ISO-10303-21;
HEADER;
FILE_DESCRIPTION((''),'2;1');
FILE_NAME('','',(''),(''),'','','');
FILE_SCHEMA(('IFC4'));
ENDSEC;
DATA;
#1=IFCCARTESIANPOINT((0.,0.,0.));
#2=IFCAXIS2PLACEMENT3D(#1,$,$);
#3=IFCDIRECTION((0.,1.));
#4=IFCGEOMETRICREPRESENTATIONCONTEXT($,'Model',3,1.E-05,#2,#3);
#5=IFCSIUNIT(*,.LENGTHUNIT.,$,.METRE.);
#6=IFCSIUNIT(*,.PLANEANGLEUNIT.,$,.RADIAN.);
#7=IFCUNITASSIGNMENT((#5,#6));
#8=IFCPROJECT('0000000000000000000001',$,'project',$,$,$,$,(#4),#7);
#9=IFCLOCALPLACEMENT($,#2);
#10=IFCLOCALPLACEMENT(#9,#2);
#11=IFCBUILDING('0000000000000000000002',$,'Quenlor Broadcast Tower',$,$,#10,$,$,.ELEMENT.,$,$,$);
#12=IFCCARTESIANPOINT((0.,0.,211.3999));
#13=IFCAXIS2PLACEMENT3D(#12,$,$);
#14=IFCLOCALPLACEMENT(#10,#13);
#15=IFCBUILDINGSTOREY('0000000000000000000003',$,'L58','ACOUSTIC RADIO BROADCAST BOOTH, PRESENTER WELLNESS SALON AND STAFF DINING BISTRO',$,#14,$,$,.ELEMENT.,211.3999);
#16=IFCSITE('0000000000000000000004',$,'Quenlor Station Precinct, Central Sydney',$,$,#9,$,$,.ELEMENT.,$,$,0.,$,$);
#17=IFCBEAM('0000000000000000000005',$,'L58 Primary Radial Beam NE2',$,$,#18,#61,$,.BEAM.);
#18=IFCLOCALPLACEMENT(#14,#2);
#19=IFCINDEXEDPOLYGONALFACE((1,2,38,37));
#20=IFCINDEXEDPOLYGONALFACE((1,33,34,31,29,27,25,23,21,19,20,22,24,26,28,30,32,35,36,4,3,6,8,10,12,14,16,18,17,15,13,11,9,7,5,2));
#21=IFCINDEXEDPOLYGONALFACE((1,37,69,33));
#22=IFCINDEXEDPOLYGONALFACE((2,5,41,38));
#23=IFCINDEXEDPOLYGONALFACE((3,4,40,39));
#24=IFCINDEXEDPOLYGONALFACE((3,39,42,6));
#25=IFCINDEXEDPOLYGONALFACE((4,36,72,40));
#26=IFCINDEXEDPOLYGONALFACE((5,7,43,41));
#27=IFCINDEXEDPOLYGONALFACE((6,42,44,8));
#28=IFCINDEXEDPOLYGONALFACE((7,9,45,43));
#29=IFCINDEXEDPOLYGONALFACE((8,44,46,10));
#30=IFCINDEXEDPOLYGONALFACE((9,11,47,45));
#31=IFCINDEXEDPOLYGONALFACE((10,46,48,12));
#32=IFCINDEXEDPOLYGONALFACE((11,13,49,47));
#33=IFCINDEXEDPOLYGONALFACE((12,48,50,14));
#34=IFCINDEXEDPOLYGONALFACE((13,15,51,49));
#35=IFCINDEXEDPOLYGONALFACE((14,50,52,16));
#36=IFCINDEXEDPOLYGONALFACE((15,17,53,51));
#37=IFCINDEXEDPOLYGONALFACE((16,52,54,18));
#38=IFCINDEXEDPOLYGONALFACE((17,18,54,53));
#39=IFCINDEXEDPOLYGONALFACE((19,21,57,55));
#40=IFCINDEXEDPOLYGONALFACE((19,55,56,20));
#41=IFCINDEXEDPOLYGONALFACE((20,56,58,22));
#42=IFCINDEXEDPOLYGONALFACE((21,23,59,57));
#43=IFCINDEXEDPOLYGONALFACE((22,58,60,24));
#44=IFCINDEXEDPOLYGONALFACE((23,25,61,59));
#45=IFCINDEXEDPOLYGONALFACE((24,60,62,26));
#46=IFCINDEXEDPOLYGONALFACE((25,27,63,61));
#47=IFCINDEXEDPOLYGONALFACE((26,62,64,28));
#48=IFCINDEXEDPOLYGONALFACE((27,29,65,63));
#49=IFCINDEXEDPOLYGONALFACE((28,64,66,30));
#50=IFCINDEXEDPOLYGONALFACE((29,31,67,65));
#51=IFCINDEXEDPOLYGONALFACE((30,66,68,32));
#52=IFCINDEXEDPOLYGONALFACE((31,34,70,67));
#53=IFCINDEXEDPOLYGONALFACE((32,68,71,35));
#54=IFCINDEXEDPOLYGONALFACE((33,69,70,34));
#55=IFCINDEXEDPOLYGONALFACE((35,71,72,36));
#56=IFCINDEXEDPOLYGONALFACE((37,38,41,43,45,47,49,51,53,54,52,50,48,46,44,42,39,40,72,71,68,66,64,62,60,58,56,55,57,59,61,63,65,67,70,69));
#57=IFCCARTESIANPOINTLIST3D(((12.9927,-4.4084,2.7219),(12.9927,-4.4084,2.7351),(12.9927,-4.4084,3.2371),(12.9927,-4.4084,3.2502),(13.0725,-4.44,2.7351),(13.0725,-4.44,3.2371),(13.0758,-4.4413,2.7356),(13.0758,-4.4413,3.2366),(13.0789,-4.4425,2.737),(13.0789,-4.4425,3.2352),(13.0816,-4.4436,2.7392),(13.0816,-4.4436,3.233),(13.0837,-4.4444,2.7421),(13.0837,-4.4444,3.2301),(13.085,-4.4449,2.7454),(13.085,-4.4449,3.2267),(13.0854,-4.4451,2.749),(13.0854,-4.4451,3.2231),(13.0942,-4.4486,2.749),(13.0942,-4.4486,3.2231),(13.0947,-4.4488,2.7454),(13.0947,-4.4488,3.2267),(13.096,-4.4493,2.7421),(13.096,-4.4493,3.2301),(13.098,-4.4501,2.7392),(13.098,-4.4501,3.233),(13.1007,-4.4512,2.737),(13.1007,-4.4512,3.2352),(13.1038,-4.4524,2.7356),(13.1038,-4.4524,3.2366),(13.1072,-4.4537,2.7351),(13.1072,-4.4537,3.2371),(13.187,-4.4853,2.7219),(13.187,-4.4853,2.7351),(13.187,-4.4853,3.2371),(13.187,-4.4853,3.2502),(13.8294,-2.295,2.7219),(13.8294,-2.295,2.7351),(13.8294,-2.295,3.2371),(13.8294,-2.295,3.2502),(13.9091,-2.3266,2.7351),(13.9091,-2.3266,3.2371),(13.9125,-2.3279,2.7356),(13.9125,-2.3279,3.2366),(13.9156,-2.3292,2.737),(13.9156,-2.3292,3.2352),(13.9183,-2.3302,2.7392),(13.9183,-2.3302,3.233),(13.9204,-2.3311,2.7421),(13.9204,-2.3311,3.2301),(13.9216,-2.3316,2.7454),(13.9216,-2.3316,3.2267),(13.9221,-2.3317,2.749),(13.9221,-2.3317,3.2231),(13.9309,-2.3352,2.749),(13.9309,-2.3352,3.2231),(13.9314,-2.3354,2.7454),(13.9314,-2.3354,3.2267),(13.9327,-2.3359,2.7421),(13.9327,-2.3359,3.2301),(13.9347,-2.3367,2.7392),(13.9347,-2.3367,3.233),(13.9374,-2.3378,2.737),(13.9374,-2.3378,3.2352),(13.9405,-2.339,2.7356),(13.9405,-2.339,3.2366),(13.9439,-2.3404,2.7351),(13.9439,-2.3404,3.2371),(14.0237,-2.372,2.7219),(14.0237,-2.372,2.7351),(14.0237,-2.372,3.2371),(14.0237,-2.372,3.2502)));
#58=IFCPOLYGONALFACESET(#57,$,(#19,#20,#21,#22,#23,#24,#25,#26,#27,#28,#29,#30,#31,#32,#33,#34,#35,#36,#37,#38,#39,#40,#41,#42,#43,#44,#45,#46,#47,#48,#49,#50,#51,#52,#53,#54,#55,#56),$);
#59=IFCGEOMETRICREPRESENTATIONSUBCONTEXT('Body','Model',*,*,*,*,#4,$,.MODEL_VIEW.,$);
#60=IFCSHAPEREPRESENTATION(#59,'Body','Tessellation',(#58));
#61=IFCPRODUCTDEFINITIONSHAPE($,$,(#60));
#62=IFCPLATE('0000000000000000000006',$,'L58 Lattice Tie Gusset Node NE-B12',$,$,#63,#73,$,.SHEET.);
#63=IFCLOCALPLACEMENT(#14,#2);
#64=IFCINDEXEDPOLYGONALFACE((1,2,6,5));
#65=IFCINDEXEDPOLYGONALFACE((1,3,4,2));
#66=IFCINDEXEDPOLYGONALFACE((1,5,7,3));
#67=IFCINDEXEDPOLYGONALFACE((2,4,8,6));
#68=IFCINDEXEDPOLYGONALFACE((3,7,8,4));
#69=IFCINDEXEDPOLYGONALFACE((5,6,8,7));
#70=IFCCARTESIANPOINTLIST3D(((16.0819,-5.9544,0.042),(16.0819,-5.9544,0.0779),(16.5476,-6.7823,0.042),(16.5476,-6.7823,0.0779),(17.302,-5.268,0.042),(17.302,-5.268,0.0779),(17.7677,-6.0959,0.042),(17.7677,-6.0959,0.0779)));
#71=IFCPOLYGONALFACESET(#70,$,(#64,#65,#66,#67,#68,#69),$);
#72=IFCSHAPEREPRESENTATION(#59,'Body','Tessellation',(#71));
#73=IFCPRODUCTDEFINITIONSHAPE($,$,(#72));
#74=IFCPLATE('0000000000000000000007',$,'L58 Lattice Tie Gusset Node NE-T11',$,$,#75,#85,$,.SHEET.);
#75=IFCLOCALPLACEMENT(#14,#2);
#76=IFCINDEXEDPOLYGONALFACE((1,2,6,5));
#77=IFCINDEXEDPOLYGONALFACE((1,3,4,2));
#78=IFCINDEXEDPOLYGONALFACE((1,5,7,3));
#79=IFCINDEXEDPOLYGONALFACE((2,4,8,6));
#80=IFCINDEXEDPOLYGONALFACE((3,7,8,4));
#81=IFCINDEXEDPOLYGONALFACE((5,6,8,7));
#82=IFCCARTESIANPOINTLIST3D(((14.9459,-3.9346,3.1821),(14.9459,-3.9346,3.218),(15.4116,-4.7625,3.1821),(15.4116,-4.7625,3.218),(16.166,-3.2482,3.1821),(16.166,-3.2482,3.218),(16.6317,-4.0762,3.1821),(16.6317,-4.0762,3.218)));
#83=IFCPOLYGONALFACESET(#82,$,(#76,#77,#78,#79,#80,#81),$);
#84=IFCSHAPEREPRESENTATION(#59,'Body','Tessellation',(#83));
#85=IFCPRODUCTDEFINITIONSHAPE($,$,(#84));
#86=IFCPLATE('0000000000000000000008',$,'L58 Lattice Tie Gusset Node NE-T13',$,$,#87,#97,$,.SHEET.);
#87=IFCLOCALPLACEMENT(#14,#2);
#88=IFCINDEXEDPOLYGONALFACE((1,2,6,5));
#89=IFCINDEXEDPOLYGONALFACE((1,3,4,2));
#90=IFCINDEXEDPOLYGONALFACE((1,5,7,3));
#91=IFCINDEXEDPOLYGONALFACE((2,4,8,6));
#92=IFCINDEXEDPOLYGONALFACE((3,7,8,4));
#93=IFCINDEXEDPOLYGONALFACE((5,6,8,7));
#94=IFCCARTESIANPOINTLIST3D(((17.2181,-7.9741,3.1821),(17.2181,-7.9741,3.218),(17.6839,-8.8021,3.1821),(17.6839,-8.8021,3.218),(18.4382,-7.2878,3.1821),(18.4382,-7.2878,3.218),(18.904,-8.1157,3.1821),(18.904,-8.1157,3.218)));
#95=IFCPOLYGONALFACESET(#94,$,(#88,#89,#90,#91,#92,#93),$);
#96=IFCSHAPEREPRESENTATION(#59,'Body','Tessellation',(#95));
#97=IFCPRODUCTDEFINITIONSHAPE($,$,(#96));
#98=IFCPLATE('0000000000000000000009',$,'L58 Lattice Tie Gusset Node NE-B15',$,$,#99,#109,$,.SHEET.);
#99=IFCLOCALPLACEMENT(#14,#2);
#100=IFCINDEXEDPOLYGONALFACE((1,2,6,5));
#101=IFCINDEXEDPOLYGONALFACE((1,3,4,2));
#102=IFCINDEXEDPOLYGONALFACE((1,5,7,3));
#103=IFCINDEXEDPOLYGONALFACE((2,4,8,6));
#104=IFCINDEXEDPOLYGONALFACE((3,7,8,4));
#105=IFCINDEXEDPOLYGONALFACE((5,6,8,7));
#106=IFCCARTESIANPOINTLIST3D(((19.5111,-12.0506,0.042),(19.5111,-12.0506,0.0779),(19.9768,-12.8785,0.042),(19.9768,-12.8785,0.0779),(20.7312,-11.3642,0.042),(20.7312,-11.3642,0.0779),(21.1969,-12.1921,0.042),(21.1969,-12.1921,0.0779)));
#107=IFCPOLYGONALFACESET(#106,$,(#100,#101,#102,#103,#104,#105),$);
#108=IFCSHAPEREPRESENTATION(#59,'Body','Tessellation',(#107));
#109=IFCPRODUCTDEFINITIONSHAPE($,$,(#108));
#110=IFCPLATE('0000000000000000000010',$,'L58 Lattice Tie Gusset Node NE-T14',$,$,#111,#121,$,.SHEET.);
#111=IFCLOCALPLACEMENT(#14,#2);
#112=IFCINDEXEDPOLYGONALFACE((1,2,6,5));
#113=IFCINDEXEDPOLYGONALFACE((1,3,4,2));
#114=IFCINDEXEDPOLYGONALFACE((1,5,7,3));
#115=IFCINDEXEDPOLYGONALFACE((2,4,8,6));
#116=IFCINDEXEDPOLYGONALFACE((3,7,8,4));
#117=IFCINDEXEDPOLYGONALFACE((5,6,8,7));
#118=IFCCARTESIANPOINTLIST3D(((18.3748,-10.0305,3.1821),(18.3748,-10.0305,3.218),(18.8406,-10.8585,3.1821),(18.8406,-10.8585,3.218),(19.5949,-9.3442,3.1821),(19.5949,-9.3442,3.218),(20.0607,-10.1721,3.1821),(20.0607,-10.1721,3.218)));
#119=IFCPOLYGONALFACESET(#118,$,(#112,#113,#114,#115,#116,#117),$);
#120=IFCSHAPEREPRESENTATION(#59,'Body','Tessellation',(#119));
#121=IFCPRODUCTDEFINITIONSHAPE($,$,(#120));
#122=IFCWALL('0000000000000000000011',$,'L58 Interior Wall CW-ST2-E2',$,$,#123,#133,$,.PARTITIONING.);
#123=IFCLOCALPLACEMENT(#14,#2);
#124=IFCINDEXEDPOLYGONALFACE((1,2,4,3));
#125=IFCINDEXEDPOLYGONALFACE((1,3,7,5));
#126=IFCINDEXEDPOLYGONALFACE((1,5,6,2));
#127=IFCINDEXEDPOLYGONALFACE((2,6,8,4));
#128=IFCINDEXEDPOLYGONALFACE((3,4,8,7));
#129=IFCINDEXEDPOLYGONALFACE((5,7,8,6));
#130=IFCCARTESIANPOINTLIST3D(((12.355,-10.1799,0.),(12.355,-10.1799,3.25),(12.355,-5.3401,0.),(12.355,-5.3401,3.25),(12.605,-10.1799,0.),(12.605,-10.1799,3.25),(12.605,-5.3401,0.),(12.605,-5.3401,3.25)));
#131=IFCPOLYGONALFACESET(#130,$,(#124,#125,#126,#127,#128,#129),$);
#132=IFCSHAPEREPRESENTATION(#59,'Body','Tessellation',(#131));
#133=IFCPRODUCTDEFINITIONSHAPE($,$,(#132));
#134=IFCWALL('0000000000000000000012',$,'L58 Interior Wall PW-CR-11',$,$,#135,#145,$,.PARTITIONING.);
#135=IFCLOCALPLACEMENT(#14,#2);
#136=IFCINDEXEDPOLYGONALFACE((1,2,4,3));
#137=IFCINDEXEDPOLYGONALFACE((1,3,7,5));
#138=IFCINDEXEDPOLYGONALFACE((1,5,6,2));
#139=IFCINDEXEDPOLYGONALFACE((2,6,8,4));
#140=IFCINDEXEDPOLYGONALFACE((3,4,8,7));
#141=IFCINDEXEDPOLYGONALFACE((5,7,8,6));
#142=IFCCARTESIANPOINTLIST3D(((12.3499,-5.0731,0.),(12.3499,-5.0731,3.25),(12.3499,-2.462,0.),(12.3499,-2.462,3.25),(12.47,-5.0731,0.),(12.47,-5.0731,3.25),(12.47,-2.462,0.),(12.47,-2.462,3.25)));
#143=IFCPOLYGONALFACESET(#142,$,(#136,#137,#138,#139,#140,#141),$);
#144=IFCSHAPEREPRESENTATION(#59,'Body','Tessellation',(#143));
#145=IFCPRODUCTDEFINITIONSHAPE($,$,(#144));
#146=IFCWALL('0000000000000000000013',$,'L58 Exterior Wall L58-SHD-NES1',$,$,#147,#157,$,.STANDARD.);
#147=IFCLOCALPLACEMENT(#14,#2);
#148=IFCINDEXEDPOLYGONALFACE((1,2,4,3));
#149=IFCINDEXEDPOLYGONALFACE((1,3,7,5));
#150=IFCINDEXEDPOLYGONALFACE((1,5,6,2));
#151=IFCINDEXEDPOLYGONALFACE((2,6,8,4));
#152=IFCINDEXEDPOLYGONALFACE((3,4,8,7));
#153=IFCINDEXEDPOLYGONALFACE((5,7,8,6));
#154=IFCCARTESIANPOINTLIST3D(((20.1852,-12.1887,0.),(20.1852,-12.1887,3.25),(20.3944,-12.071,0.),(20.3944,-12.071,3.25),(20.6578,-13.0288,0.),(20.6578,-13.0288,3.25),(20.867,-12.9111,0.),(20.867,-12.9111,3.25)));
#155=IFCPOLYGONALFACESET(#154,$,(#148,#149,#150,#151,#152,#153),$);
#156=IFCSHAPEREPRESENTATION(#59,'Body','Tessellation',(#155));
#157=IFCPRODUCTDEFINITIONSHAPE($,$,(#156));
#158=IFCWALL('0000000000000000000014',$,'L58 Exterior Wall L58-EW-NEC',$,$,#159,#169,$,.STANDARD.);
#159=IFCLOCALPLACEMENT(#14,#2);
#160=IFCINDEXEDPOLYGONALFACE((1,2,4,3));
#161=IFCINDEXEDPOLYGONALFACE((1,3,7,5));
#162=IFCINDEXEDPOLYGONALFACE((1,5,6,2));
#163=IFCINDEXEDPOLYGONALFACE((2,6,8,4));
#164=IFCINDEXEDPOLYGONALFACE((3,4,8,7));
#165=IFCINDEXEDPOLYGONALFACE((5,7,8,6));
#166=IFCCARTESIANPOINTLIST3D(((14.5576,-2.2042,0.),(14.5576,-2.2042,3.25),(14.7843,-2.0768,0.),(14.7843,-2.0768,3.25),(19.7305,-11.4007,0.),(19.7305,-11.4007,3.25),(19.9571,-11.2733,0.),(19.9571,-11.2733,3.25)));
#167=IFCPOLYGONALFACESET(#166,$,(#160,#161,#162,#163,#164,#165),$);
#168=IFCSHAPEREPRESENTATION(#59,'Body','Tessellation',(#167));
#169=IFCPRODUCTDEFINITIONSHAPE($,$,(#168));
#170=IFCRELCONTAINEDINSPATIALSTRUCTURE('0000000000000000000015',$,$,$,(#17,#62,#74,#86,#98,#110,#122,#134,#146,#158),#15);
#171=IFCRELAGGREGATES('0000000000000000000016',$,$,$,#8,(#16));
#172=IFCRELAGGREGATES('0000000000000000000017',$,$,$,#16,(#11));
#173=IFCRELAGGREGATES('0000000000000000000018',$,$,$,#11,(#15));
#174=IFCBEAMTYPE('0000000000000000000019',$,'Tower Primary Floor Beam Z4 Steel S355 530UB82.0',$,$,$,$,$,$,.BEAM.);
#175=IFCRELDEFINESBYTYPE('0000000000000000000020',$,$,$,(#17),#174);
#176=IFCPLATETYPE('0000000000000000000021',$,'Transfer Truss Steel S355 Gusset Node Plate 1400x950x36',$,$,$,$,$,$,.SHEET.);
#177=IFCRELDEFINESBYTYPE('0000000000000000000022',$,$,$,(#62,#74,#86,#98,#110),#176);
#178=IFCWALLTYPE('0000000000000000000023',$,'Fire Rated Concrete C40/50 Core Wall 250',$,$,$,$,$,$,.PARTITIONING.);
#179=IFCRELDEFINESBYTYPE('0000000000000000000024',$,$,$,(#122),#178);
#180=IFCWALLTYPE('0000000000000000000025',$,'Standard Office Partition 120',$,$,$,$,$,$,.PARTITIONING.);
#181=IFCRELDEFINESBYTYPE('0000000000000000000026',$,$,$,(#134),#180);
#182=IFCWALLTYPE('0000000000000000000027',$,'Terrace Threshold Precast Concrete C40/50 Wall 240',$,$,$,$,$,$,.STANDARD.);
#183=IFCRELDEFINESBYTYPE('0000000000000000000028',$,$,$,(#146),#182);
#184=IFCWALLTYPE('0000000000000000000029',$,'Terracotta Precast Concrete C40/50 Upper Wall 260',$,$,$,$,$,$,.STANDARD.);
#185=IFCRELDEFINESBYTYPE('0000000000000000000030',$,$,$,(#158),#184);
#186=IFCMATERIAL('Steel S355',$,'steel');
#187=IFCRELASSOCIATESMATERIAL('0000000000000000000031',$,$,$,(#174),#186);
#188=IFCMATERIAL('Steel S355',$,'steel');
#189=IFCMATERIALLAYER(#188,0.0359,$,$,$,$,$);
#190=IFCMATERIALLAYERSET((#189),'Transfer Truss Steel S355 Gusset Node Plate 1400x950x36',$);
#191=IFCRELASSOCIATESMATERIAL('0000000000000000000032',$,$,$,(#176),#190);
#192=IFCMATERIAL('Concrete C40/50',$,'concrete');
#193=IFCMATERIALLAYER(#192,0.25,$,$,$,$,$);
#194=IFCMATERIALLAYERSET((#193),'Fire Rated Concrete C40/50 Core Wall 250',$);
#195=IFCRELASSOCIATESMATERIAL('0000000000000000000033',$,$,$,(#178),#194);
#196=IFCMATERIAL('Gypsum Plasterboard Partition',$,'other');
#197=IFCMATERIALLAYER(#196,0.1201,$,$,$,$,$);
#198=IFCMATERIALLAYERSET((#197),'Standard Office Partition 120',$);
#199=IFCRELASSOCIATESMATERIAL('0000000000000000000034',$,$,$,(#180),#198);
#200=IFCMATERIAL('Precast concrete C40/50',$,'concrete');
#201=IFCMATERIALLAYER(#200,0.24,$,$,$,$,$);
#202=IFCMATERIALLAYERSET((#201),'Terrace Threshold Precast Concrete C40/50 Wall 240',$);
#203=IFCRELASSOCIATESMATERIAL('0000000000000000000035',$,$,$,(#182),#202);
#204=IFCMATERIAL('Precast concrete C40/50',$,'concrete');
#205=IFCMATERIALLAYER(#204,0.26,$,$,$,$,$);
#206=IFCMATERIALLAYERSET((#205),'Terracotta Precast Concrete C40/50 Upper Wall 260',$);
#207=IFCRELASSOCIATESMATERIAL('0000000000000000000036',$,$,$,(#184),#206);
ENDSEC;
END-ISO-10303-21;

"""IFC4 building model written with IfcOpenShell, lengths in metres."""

from ifc_helpers import new_model, si_unit, direction, frame, frame_2d, origin, origin_2d, place, context, subcontext, project, spatial, rectangle, i_section, extrude, material, layer, layer_set, material_profile, profile_set, type_object, element, save


model = new_model("IFC4")

# Units and contexts
model_context = context("Model", 3, precision=1e-05, world=origin(), true_north=direction((0.0, 1.0)))
body_context = subcontext(model_context, "Body", "Model", "MODEL_VIEW")
ifc_project = project(units=[si_unit("LENGTHUNIT", "METRE"), si_unit("PLANEANGLEUNIT", "RADIAN")], contexts=[model_context])

# Site, building, storey
site_placement = place(None, origin())
site = spatial("IfcSite", under=ifc_project, at=site_placement, Name="Quenlor Station Precinct, Central Sydney", CompositionType="ELEMENT", RefElevation=0.0)
building_placement = place(site_placement, origin())
building = spatial("IfcBuilding", under=site, at=building_placement, Name="Quenlor Broadcast Tower", CompositionType="ELEMENT")
storey_placement = place(building_placement, frame((0.0, 0.0, 211.3999)))
storey = spatial("IfcBuildingStorey", under=building, at=storey_placement, Name="L58", Description="ACOUSTIC RADIO BROADCAST BOOTH, PRESENTER WELLNESS SALON AND STAFF DINING BISTRO", CompositionType="ELEMENT", Elevation=211.3999)

# Beam
ifc_material_1 = material(Name="Steel S355", Category="steel")
ifc_material_profile_1 = material_profile(ifc_material_1, i_section(OverallWidth=0.209, OverallDepth=0.5283, WebThickness=0.0095, FlangeThickness=0.0132, FilletRadius=0.0139, at=origin_2d()))
ifc_profile_set_1 = profile_set([ifc_material_profile_1], Name="Steel S355 530UB82.0")
beam_type_1 = type_object("IfcBeamType", Name="Tower Primary Floor Beam Z4 Steel S355 530UB82.0", PredefinedType="BEAM", material=ifc_profile_set_1)
beam_1_placement = place(storey_placement, frame((13.9265, -2.3335, 2.9861), z_axis=(-0.36811, -0.929782, 0.0), x_axis=(0.929782, -0.36811, 0.0)))
element("IfcBeam", 1, at=beam_1_placement, inside=storey, type_object=beam_type_1, Name="L58 Primary Radial Beam NE2", PredefinedType="BEAM", context=body_context, shape_type="SweptSolid", body=[
    extrude(i_section(OverallWidth=0.209, OverallDepth=0.5283, WebThickness=0.0095, FlangeThickness=0.0132, FilletRadius=0.0139, at=origin_2d()), origin(), (0.0, 0.0, 1.0), 2.2729),
])

# Plates
ifc_material_2 = material(Name="Steel S355", Category="steel")
ifc_layer_1 = layer(ifc_material_2, 0.0359)
ifc_layer_set_1 = layer_set([ifc_layer_1], Name="Transfer Truss Steel S355 Gusset Node Plate 1400x950x36")
plate_type = type_object("IfcPlateType", Name="Transfer Truss Steel S355 Gusset Node Plate 1400x950x36", PredefinedType="SHEET", material=ifc_layer_set_1)
for number, where, z_axis, x_axis, name in (
    (2, (16.9248, -6.0251, 0.042), (0.0, 0.0, 1.0), (0.871556, 0.490295, 0.0), "L58 Lattice Tie Gusset Node NE-B12"),
    (3, (15.7888, -4.0054, 3.1821), (0.0, 0.0, 1.0), (0.871556, 0.490295, 0.0), "L58 Lattice Tie Gusset Node NE-T11"),
    (4, (18.061, -8.0449, 3.1821), (0.0, 0.0, 1.0), (0.871556, 0.490295, 0.0), "L58 Lattice Tie Gusset Node NE-T13"),
    (5, (20.354, -12.1213, 0.042), (0.0, 0.0, 1.0), (0.871556, 0.490295, 0.0), "L58 Lattice Tie Gusset Node NE-B15"),
    (6, (19.2178, -10.1013, 3.1821), (0.0, 0.0, 1.0), (0.871556, 0.490295, 0.0), "L58 Lattice Tie Gusset Node NE-T14"),
):
    element("IfcPlate", number, at=place(storey_placement, frame(where, z_axis=z_axis, x_axis=x_axis)), inside=storey, type_object=plate_type, Name=name, PredefinedType="SHEET", context=body_context, shape_type="SweptSolid", body=[
        extrude(rectangle(XDim=1.3999, YDim=0.95, at=origin_2d()), origin(), (0.0, 0.0, 1.0), 0.0359),
    ])

# Walls
ifc_material_3 = material(Name="Concrete C40/50", Category="concrete")
ifc_layer_2 = layer(ifc_material_3, 0.25)
ifc_layer_set_2 = layer_set([ifc_layer_2], Name="Fire Rated Concrete C40/50 Core Wall 250")
wall_type_1 = type_object("IfcWallType", Name="Fire Rated Concrete C40/50 Core Wall 250", PredefinedType="PARTITIONING", material=ifc_layer_set_2)
wall_1_placement = place(storey_placement, frame((12.48, -10.1799, 0.0), z_axis=(0.0, 0.0, 1.0), x_axis=(0.0, 1.0, 0.0)))
element("IfcWall", 7, at=wall_1_placement, inside=storey, type_object=wall_type_1, Name="L58 Interior Wall CW-ST2-E2", PredefinedType="PARTITIONING", context=body_context, shape_type="SweptSolid", body=[
    extrude(rectangle(XDim=4.8398, YDim=0.25, at=frame_2d((2.4199, 0.0))), origin(), (0.0, 0.0, 1.0), 3.25),
])
ifc_material_4 = material(Name="Gypsum Plasterboard Partition", Category="other")
ifc_layer_3 = layer(ifc_material_4, 0.1201)
ifc_layer_set_3 = layer_set([ifc_layer_3], Name="Standard Office Partition 120")
wall_type_2 = type_object("IfcWallType", Name="Standard Office Partition 120", PredefinedType="PARTITIONING", material=ifc_layer_set_3)
wall_2_placement = place(storey_placement, frame((12.4099, -2.4619, 0.0), z_axis=(0.0, 0.0, 1.0), x_axis=(0.0, -1.0, 0.0)))
element("IfcWall", 8, at=wall_2_placement, inside=storey, type_object=wall_type_2, Name="L58 Interior Wall PW-CR-11", PredefinedType="PARTITIONING", context=body_context, shape_type="SweptSolid", body=[
    extrude(rectangle(XDim=2.6111, YDim=0.1201, at=frame_2d((1.3057, 0.0))), origin(), (0.0, 0.0, 1.0), 3.25),
])
ifc_material_5 = material(Name="Precast concrete C40/50", Category="concrete")
ifc_layer_4 = layer(ifc_material_5, 0.24)
ifc_layer_set_4 = layer_set([ifc_layer_4], Name="Terrace Threshold Precast Concrete C40/50 Wall 240")
wall_type_3 = type_object("IfcWallType", Name="Terrace Threshold Precast Concrete C40/50 Wall 240", PredefinedType="STANDARD", material=ifc_layer_set_4)
wall_3_placement = place(storey_placement, frame((20.2898, -12.1299, 0.0), z_axis=(0.0, 0.0, 1.0), x_axis=(0.490345, -0.871528, 0.0)))
element("IfcWall", 9, at=wall_3_placement, inside=storey, type_object=wall_type_3, Name="L58 Exterior Wall L58-SHD-NES1", PredefinedType="STANDARD", context=body_context, shape_type="SweptSolid", body=[
    extrude(rectangle(XDim=0.9639, YDim=0.24, at=frame_2d((0.4819, 0.0))), origin(), (0.0, 0.0, 1.0), 3.25),
])
ifc_material_6 = material(Name="Precast concrete C40/50", Category="concrete")
ifc_layer_5 = layer(ifc_material_6, 0.26)
ifc_layer_set_5 = layer_set([ifc_layer_5], Name="Terracotta Precast Concrete C40/50 Upper Wall 260")
wall_type_4 = type_object("IfcWallType", Name="Terracotta Precast Concrete C40/50 Upper Wall 260", PredefinedType="STANDARD", material=ifc_layer_set_5)
wall_4_placement = place(storey_placement, frame((14.6709, -2.1404, 0.0), z_axis=(0.0, 0.0, 1.0), x_axis=(0.490247, -0.871584, 0.0)))
element("IfcWall", 10, at=wall_4_placement, inside=storey, type_object=wall_type_4, Name="L58 Exterior Wall L58-EW-NEC", PredefinedType="STANDARD", context=body_context, shape_type="SweptSolid", body=[
    extrude(rectangle(XDim=10.5515, YDim=0.26, at=frame_2d((5.2759, 0.0))), origin(), (0.0, 0.0, 1.0), 3.25),
])

save(model, "model.ifc")
